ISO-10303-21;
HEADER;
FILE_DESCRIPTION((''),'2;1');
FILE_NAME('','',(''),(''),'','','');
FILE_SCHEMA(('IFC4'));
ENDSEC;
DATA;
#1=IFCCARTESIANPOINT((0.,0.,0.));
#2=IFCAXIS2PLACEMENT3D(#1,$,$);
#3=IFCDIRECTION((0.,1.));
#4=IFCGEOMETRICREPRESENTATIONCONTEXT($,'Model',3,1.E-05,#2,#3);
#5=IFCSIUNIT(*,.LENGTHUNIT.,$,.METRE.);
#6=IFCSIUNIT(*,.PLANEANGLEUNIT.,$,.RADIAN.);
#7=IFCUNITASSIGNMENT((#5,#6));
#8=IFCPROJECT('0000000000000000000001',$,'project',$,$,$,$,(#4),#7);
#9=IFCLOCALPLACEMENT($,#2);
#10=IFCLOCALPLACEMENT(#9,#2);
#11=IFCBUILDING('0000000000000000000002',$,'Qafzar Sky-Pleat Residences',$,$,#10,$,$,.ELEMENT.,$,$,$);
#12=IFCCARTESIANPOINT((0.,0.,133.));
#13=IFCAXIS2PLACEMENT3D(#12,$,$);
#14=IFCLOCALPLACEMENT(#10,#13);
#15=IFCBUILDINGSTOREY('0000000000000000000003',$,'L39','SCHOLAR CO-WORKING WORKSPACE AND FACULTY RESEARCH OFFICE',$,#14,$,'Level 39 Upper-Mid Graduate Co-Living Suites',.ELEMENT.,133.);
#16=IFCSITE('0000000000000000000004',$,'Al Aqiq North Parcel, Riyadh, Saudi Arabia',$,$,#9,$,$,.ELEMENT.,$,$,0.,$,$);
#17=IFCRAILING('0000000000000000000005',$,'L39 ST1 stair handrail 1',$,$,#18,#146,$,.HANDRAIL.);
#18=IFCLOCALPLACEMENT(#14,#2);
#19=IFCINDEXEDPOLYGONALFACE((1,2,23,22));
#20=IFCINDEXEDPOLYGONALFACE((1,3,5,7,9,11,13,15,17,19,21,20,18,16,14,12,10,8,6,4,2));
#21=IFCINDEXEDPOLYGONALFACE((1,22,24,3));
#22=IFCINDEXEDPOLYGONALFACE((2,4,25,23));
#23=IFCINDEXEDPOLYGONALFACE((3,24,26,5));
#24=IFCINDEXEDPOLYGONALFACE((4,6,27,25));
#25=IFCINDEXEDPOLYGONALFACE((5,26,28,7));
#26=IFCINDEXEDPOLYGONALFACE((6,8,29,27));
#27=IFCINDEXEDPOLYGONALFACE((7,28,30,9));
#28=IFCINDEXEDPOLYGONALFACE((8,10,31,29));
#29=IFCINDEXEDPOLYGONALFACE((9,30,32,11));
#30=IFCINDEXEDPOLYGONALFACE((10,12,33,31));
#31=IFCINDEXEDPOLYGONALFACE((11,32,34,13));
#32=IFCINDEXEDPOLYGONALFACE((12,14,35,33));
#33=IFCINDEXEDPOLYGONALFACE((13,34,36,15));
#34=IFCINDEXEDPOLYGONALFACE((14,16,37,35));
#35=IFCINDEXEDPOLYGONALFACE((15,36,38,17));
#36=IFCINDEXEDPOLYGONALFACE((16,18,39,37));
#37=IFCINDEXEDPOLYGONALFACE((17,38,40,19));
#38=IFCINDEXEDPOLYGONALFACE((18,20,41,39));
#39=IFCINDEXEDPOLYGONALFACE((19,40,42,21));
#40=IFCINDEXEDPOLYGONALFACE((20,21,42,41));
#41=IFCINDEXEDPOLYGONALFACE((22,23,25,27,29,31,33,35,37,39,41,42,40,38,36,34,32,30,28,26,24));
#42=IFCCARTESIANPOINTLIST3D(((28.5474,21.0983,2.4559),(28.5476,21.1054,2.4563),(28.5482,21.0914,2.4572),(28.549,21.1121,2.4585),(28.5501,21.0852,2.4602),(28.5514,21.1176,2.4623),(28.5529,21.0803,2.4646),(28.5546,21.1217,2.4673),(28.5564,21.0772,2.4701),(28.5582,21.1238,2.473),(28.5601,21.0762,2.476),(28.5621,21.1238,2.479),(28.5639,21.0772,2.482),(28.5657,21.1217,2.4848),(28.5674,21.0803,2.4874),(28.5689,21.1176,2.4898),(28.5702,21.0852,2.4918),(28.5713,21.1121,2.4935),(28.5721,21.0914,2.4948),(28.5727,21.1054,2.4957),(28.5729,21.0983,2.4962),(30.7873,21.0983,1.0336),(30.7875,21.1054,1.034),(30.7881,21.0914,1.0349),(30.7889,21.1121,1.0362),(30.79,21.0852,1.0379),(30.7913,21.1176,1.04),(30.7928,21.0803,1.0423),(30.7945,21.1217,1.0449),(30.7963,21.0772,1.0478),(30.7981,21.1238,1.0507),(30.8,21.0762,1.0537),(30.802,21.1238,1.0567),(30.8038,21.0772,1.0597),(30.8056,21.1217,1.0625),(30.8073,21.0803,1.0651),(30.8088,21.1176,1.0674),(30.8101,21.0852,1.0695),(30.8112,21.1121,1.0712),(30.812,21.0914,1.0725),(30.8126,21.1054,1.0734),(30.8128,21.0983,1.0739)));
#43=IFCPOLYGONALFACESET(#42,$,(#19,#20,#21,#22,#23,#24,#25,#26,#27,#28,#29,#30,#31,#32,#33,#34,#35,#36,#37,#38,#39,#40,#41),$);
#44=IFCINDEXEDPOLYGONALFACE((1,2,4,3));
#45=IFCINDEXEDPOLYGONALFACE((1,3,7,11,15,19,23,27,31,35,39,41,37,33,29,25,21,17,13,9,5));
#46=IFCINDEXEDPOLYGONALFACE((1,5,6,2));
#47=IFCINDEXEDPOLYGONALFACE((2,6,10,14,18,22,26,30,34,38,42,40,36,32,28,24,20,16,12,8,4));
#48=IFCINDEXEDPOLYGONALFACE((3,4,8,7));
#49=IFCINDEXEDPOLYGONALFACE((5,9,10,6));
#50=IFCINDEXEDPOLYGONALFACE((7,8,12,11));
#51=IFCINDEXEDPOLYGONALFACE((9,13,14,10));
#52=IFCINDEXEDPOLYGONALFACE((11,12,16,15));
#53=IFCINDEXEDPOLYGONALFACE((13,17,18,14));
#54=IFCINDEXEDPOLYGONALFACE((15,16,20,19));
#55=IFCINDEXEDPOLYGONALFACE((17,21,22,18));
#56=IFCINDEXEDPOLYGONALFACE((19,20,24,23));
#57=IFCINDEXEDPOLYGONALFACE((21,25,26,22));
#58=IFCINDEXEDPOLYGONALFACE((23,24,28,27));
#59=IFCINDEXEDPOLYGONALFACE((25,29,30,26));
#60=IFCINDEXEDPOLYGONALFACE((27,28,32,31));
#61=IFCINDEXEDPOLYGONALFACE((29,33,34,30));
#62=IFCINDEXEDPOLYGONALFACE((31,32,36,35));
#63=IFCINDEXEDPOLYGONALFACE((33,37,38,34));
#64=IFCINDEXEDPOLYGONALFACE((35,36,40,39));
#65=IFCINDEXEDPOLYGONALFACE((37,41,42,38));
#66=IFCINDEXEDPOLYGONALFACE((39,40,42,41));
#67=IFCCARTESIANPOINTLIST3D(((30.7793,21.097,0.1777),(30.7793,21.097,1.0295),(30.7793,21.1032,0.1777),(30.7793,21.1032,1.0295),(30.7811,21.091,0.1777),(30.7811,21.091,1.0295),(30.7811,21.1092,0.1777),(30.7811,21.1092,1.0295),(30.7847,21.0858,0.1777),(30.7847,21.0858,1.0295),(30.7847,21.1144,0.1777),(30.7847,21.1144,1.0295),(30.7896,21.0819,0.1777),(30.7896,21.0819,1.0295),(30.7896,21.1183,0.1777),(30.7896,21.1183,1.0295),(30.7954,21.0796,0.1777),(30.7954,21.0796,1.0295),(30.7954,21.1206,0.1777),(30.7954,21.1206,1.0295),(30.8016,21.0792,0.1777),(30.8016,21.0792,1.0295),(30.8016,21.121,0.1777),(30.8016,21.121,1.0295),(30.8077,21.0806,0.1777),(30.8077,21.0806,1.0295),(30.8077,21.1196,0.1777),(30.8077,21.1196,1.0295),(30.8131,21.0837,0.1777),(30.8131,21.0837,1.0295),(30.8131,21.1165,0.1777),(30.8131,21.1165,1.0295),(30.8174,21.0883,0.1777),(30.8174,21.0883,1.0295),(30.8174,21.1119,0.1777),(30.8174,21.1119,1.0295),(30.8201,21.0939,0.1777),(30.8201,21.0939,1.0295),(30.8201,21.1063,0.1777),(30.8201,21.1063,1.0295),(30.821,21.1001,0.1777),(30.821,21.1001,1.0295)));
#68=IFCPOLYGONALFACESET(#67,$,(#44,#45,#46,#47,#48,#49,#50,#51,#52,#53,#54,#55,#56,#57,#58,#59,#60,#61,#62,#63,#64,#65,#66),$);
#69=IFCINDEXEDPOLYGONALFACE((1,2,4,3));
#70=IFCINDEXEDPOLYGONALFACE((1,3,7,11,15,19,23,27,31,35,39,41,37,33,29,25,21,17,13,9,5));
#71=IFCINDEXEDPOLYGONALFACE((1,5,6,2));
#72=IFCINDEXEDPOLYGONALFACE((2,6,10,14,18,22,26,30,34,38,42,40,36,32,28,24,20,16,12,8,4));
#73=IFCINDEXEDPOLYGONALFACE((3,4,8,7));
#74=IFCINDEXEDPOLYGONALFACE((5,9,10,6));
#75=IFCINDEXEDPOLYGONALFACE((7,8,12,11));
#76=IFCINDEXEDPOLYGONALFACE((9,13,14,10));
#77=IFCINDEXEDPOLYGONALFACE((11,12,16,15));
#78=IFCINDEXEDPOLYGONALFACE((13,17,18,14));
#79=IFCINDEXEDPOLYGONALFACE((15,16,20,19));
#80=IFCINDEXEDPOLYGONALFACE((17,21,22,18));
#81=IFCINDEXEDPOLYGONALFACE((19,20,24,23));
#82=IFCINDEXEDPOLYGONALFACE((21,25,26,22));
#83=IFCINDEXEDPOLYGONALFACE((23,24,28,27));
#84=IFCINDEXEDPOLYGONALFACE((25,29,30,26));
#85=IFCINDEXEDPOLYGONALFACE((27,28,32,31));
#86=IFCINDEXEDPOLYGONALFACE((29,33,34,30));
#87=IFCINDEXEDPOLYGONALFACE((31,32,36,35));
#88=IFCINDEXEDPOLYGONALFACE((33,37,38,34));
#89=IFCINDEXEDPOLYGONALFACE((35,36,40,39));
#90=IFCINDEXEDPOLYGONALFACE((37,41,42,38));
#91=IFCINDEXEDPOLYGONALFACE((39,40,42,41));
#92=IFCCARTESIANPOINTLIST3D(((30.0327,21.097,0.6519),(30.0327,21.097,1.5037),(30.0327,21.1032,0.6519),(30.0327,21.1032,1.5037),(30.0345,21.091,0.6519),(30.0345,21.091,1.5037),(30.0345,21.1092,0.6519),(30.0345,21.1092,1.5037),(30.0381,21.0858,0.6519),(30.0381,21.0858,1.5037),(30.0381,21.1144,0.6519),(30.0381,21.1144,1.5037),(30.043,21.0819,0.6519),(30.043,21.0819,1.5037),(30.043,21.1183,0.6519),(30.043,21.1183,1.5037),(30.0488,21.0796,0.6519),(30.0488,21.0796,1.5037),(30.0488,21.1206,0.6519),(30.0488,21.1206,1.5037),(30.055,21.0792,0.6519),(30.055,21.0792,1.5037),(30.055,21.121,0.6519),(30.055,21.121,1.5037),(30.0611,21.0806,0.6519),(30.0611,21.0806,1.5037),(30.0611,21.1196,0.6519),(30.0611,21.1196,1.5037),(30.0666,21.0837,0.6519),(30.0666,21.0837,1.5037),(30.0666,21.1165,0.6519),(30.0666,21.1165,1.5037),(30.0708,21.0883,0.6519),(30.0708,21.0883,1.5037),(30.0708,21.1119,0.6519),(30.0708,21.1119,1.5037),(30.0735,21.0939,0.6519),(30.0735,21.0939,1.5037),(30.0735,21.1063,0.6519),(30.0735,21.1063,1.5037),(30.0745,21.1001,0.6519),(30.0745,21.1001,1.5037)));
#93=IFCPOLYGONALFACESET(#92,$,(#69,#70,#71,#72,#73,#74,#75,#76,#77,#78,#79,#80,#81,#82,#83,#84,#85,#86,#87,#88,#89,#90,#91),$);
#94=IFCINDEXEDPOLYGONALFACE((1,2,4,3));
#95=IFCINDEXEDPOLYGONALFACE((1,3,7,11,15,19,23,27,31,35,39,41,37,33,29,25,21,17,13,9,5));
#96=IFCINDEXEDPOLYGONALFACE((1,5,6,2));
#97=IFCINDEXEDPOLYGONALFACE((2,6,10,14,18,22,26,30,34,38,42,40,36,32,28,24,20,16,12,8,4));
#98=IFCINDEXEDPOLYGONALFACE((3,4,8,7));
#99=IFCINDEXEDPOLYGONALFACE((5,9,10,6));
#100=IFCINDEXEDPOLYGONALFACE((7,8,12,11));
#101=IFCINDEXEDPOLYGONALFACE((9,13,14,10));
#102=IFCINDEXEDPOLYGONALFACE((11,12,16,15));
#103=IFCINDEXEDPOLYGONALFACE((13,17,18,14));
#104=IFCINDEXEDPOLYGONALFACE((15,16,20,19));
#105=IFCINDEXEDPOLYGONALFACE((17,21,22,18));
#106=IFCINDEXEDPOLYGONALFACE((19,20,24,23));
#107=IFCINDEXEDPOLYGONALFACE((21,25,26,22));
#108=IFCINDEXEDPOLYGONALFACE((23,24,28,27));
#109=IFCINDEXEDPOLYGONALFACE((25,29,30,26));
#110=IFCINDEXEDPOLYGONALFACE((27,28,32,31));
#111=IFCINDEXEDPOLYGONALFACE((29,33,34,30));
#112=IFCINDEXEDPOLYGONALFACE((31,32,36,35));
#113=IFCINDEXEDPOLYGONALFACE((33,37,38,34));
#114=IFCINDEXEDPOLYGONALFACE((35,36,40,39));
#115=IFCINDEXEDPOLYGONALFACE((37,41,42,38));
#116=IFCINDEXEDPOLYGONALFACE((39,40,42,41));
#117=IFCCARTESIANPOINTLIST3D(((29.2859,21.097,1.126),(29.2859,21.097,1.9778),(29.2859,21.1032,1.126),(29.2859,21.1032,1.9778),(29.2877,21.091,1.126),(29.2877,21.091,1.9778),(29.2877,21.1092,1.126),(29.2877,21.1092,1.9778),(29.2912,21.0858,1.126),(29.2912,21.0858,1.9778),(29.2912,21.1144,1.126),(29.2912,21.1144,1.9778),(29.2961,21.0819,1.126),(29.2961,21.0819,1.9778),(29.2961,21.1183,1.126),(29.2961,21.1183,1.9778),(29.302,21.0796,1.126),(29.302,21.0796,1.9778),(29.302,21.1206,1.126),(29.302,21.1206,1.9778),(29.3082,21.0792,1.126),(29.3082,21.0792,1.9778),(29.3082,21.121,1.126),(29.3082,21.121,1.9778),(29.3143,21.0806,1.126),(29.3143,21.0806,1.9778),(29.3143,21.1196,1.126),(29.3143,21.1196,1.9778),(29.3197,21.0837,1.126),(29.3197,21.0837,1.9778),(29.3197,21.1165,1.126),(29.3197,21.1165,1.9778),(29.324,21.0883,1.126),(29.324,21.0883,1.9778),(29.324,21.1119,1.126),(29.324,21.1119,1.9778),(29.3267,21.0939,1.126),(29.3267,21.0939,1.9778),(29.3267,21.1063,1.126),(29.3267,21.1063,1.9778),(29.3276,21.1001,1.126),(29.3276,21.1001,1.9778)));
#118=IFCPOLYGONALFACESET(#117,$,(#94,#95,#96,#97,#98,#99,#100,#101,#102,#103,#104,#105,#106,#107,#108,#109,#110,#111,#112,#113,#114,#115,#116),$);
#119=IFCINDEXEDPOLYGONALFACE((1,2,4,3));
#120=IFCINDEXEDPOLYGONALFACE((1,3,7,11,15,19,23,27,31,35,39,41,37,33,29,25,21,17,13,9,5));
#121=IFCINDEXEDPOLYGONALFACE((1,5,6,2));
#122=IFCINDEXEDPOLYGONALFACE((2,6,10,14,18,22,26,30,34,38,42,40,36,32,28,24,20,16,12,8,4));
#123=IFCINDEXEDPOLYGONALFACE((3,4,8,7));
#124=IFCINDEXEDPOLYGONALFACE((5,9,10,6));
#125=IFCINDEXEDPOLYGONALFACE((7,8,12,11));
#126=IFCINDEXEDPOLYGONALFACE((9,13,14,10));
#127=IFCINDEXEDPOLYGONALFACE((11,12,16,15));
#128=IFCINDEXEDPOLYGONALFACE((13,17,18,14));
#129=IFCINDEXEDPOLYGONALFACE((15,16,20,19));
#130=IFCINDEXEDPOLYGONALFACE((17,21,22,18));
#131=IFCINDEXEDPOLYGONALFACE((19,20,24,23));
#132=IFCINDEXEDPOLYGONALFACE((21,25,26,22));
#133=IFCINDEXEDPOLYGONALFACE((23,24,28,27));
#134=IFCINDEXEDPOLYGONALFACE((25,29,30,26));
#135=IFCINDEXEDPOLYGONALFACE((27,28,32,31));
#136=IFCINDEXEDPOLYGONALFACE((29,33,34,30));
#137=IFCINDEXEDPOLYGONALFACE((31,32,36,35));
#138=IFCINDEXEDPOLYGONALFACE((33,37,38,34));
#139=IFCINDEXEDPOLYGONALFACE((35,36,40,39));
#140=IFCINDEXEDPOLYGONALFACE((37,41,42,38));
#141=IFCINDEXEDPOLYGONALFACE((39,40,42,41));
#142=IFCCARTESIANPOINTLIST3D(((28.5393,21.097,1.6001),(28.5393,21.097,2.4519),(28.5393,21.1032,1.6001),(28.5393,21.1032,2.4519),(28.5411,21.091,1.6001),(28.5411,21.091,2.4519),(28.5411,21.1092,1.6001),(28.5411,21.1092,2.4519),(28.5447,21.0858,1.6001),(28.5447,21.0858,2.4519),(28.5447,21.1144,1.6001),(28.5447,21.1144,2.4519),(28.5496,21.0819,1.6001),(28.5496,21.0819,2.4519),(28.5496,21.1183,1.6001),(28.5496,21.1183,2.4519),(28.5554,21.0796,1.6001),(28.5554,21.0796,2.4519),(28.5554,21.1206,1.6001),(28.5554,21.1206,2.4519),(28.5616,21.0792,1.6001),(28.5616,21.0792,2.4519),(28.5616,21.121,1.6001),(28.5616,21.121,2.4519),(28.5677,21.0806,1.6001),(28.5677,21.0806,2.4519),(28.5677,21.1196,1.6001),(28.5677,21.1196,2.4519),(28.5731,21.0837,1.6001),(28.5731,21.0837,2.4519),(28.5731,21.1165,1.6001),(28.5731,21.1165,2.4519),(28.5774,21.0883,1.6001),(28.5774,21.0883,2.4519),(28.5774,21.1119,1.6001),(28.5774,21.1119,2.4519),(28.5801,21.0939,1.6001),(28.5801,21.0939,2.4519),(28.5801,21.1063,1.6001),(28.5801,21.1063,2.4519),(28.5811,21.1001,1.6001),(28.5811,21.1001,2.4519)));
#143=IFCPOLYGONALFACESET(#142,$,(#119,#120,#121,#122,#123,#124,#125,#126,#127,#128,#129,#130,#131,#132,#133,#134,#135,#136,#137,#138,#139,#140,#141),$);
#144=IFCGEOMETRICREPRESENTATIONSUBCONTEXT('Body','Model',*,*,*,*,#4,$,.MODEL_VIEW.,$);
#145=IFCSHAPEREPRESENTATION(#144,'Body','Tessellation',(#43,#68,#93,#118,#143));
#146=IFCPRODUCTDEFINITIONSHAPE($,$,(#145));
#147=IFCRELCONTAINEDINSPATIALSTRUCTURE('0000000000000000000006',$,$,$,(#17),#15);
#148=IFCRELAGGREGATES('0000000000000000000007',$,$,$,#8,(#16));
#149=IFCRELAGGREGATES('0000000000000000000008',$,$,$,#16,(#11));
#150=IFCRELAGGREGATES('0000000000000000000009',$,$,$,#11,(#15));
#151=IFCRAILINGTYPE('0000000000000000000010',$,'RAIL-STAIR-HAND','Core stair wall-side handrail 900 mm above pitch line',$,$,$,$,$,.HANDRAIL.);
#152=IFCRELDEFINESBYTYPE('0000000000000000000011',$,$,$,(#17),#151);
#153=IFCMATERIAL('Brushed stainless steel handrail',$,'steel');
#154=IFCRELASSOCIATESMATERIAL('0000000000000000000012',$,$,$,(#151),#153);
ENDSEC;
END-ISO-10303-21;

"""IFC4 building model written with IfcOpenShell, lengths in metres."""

from ifc_helpers import new_model, si_unit, direction, frame, origin, origin_2d, place, context, subcontext, project, spatial, circle, extrude, source, transform, mapped, material, type_object, element, save


model = new_model("IFC4")

# Units and contexts
model_context = context("Model", 3, precision=1e-05, world=origin(), true_north=direction((0.0, 1.0)))
body_context = subcontext(model_context, "Body", "Model", "MODEL_VIEW")
ifc_project = project(units=[si_unit("LENGTHUNIT", "METRE"), si_unit("PLANEANGLEUNIT", "RADIAN")], contexts=[model_context])

# Site, building, storey
site_placement = place(None, origin())
site = spatial("IfcSite", under=ifc_project, at=site_placement, Name="Al Aqiq North Parcel, Riyadh, Saudi Arabia", CompositionType="ELEMENT", RefElevation=0.0)
building_placement = place(site_placement, origin())
building = spatial("IfcBuilding", under=site, at=building_placement, Name="Qafzar Sky-Pleat Residences", CompositionType="ELEMENT")
storey_placement = place(building_placement, frame((0.0, 0.0, 133.0)))
storey = spatial("IfcBuildingStorey", under=building, at=storey_placement, Name="L39", Description="SCHOLAR CO-WORKING WORKSPACE AND FACULTY RESEARCH OFFICE", LongName="Level 39 Upper-Mid Graduate Co-Living Suites", CompositionType="ELEMENT", Elevation=133.0)

# Railing
ifc_material_1 = material(Name="Brushed stainless steel handrail", Category="steel")
railing_type_1 = type_object("IfcRailingType", Name="RAIL-STAIR-HAND", Description="Core stair wall-side handrail 900 mm above pitch line", PredefinedType="HANDRAIL", material=ifc_material_1)
shared_shape_1 = source(origin(), body_context, "Body", "SweptSolid", [
    extrude(circle(Radius=0.0239, at=origin_2d()), frame((0.0, 0.0, 0.876), z_axis=(-0.844188, 0.0, 0.536048), x_axis=(0.0, -1.0, 0.0)), (0.0, 0.0, 1.0), 2.6533),
    extrude(circle(Radius=0.021, at=origin_2d()), origin(), (0.0, 0.0, 1.0), 0.8518),
    extrude(circle(Radius=0.021, at=origin_2d()), frame((-0.7466, 0.0, 0.4741)), (0.0, 0.0, 1.0), 0.8518),
    extrude(circle(Radius=0.021, at=origin_2d()), frame((-1.4934, 0.0, 0.9482)), (0.0, 0.0, 1.0), 0.8518),
    extrude(circle(Radius=0.021, at=origin_2d()), frame((-2.24, 0.0, 1.4224)), (0.0, 0.0, 1.0), 0.8518),
])
railing_1_placement = place(storey_placement, frame((30.8, 21.1001, 0.1777)))
element("IfcRailing", 1, at=railing_1_placement, inside=storey, type_object=railing_type_1, Name="L39 ST1 stair handrail 1", PredefinedType="HANDRAIL", context=body_context, shape_type="MappedRepresentation", body=[
    mapped(shared_shape_1, transform((0.0, 0.0, 0.0), x_axis=(1.0, 0.0, 0.0), y_axis=(0.0, 1.0, 0.0), z_axis=(0.0, 0.0, 1.0), scale=1.0)),
])

save(model, "model.ifc")
